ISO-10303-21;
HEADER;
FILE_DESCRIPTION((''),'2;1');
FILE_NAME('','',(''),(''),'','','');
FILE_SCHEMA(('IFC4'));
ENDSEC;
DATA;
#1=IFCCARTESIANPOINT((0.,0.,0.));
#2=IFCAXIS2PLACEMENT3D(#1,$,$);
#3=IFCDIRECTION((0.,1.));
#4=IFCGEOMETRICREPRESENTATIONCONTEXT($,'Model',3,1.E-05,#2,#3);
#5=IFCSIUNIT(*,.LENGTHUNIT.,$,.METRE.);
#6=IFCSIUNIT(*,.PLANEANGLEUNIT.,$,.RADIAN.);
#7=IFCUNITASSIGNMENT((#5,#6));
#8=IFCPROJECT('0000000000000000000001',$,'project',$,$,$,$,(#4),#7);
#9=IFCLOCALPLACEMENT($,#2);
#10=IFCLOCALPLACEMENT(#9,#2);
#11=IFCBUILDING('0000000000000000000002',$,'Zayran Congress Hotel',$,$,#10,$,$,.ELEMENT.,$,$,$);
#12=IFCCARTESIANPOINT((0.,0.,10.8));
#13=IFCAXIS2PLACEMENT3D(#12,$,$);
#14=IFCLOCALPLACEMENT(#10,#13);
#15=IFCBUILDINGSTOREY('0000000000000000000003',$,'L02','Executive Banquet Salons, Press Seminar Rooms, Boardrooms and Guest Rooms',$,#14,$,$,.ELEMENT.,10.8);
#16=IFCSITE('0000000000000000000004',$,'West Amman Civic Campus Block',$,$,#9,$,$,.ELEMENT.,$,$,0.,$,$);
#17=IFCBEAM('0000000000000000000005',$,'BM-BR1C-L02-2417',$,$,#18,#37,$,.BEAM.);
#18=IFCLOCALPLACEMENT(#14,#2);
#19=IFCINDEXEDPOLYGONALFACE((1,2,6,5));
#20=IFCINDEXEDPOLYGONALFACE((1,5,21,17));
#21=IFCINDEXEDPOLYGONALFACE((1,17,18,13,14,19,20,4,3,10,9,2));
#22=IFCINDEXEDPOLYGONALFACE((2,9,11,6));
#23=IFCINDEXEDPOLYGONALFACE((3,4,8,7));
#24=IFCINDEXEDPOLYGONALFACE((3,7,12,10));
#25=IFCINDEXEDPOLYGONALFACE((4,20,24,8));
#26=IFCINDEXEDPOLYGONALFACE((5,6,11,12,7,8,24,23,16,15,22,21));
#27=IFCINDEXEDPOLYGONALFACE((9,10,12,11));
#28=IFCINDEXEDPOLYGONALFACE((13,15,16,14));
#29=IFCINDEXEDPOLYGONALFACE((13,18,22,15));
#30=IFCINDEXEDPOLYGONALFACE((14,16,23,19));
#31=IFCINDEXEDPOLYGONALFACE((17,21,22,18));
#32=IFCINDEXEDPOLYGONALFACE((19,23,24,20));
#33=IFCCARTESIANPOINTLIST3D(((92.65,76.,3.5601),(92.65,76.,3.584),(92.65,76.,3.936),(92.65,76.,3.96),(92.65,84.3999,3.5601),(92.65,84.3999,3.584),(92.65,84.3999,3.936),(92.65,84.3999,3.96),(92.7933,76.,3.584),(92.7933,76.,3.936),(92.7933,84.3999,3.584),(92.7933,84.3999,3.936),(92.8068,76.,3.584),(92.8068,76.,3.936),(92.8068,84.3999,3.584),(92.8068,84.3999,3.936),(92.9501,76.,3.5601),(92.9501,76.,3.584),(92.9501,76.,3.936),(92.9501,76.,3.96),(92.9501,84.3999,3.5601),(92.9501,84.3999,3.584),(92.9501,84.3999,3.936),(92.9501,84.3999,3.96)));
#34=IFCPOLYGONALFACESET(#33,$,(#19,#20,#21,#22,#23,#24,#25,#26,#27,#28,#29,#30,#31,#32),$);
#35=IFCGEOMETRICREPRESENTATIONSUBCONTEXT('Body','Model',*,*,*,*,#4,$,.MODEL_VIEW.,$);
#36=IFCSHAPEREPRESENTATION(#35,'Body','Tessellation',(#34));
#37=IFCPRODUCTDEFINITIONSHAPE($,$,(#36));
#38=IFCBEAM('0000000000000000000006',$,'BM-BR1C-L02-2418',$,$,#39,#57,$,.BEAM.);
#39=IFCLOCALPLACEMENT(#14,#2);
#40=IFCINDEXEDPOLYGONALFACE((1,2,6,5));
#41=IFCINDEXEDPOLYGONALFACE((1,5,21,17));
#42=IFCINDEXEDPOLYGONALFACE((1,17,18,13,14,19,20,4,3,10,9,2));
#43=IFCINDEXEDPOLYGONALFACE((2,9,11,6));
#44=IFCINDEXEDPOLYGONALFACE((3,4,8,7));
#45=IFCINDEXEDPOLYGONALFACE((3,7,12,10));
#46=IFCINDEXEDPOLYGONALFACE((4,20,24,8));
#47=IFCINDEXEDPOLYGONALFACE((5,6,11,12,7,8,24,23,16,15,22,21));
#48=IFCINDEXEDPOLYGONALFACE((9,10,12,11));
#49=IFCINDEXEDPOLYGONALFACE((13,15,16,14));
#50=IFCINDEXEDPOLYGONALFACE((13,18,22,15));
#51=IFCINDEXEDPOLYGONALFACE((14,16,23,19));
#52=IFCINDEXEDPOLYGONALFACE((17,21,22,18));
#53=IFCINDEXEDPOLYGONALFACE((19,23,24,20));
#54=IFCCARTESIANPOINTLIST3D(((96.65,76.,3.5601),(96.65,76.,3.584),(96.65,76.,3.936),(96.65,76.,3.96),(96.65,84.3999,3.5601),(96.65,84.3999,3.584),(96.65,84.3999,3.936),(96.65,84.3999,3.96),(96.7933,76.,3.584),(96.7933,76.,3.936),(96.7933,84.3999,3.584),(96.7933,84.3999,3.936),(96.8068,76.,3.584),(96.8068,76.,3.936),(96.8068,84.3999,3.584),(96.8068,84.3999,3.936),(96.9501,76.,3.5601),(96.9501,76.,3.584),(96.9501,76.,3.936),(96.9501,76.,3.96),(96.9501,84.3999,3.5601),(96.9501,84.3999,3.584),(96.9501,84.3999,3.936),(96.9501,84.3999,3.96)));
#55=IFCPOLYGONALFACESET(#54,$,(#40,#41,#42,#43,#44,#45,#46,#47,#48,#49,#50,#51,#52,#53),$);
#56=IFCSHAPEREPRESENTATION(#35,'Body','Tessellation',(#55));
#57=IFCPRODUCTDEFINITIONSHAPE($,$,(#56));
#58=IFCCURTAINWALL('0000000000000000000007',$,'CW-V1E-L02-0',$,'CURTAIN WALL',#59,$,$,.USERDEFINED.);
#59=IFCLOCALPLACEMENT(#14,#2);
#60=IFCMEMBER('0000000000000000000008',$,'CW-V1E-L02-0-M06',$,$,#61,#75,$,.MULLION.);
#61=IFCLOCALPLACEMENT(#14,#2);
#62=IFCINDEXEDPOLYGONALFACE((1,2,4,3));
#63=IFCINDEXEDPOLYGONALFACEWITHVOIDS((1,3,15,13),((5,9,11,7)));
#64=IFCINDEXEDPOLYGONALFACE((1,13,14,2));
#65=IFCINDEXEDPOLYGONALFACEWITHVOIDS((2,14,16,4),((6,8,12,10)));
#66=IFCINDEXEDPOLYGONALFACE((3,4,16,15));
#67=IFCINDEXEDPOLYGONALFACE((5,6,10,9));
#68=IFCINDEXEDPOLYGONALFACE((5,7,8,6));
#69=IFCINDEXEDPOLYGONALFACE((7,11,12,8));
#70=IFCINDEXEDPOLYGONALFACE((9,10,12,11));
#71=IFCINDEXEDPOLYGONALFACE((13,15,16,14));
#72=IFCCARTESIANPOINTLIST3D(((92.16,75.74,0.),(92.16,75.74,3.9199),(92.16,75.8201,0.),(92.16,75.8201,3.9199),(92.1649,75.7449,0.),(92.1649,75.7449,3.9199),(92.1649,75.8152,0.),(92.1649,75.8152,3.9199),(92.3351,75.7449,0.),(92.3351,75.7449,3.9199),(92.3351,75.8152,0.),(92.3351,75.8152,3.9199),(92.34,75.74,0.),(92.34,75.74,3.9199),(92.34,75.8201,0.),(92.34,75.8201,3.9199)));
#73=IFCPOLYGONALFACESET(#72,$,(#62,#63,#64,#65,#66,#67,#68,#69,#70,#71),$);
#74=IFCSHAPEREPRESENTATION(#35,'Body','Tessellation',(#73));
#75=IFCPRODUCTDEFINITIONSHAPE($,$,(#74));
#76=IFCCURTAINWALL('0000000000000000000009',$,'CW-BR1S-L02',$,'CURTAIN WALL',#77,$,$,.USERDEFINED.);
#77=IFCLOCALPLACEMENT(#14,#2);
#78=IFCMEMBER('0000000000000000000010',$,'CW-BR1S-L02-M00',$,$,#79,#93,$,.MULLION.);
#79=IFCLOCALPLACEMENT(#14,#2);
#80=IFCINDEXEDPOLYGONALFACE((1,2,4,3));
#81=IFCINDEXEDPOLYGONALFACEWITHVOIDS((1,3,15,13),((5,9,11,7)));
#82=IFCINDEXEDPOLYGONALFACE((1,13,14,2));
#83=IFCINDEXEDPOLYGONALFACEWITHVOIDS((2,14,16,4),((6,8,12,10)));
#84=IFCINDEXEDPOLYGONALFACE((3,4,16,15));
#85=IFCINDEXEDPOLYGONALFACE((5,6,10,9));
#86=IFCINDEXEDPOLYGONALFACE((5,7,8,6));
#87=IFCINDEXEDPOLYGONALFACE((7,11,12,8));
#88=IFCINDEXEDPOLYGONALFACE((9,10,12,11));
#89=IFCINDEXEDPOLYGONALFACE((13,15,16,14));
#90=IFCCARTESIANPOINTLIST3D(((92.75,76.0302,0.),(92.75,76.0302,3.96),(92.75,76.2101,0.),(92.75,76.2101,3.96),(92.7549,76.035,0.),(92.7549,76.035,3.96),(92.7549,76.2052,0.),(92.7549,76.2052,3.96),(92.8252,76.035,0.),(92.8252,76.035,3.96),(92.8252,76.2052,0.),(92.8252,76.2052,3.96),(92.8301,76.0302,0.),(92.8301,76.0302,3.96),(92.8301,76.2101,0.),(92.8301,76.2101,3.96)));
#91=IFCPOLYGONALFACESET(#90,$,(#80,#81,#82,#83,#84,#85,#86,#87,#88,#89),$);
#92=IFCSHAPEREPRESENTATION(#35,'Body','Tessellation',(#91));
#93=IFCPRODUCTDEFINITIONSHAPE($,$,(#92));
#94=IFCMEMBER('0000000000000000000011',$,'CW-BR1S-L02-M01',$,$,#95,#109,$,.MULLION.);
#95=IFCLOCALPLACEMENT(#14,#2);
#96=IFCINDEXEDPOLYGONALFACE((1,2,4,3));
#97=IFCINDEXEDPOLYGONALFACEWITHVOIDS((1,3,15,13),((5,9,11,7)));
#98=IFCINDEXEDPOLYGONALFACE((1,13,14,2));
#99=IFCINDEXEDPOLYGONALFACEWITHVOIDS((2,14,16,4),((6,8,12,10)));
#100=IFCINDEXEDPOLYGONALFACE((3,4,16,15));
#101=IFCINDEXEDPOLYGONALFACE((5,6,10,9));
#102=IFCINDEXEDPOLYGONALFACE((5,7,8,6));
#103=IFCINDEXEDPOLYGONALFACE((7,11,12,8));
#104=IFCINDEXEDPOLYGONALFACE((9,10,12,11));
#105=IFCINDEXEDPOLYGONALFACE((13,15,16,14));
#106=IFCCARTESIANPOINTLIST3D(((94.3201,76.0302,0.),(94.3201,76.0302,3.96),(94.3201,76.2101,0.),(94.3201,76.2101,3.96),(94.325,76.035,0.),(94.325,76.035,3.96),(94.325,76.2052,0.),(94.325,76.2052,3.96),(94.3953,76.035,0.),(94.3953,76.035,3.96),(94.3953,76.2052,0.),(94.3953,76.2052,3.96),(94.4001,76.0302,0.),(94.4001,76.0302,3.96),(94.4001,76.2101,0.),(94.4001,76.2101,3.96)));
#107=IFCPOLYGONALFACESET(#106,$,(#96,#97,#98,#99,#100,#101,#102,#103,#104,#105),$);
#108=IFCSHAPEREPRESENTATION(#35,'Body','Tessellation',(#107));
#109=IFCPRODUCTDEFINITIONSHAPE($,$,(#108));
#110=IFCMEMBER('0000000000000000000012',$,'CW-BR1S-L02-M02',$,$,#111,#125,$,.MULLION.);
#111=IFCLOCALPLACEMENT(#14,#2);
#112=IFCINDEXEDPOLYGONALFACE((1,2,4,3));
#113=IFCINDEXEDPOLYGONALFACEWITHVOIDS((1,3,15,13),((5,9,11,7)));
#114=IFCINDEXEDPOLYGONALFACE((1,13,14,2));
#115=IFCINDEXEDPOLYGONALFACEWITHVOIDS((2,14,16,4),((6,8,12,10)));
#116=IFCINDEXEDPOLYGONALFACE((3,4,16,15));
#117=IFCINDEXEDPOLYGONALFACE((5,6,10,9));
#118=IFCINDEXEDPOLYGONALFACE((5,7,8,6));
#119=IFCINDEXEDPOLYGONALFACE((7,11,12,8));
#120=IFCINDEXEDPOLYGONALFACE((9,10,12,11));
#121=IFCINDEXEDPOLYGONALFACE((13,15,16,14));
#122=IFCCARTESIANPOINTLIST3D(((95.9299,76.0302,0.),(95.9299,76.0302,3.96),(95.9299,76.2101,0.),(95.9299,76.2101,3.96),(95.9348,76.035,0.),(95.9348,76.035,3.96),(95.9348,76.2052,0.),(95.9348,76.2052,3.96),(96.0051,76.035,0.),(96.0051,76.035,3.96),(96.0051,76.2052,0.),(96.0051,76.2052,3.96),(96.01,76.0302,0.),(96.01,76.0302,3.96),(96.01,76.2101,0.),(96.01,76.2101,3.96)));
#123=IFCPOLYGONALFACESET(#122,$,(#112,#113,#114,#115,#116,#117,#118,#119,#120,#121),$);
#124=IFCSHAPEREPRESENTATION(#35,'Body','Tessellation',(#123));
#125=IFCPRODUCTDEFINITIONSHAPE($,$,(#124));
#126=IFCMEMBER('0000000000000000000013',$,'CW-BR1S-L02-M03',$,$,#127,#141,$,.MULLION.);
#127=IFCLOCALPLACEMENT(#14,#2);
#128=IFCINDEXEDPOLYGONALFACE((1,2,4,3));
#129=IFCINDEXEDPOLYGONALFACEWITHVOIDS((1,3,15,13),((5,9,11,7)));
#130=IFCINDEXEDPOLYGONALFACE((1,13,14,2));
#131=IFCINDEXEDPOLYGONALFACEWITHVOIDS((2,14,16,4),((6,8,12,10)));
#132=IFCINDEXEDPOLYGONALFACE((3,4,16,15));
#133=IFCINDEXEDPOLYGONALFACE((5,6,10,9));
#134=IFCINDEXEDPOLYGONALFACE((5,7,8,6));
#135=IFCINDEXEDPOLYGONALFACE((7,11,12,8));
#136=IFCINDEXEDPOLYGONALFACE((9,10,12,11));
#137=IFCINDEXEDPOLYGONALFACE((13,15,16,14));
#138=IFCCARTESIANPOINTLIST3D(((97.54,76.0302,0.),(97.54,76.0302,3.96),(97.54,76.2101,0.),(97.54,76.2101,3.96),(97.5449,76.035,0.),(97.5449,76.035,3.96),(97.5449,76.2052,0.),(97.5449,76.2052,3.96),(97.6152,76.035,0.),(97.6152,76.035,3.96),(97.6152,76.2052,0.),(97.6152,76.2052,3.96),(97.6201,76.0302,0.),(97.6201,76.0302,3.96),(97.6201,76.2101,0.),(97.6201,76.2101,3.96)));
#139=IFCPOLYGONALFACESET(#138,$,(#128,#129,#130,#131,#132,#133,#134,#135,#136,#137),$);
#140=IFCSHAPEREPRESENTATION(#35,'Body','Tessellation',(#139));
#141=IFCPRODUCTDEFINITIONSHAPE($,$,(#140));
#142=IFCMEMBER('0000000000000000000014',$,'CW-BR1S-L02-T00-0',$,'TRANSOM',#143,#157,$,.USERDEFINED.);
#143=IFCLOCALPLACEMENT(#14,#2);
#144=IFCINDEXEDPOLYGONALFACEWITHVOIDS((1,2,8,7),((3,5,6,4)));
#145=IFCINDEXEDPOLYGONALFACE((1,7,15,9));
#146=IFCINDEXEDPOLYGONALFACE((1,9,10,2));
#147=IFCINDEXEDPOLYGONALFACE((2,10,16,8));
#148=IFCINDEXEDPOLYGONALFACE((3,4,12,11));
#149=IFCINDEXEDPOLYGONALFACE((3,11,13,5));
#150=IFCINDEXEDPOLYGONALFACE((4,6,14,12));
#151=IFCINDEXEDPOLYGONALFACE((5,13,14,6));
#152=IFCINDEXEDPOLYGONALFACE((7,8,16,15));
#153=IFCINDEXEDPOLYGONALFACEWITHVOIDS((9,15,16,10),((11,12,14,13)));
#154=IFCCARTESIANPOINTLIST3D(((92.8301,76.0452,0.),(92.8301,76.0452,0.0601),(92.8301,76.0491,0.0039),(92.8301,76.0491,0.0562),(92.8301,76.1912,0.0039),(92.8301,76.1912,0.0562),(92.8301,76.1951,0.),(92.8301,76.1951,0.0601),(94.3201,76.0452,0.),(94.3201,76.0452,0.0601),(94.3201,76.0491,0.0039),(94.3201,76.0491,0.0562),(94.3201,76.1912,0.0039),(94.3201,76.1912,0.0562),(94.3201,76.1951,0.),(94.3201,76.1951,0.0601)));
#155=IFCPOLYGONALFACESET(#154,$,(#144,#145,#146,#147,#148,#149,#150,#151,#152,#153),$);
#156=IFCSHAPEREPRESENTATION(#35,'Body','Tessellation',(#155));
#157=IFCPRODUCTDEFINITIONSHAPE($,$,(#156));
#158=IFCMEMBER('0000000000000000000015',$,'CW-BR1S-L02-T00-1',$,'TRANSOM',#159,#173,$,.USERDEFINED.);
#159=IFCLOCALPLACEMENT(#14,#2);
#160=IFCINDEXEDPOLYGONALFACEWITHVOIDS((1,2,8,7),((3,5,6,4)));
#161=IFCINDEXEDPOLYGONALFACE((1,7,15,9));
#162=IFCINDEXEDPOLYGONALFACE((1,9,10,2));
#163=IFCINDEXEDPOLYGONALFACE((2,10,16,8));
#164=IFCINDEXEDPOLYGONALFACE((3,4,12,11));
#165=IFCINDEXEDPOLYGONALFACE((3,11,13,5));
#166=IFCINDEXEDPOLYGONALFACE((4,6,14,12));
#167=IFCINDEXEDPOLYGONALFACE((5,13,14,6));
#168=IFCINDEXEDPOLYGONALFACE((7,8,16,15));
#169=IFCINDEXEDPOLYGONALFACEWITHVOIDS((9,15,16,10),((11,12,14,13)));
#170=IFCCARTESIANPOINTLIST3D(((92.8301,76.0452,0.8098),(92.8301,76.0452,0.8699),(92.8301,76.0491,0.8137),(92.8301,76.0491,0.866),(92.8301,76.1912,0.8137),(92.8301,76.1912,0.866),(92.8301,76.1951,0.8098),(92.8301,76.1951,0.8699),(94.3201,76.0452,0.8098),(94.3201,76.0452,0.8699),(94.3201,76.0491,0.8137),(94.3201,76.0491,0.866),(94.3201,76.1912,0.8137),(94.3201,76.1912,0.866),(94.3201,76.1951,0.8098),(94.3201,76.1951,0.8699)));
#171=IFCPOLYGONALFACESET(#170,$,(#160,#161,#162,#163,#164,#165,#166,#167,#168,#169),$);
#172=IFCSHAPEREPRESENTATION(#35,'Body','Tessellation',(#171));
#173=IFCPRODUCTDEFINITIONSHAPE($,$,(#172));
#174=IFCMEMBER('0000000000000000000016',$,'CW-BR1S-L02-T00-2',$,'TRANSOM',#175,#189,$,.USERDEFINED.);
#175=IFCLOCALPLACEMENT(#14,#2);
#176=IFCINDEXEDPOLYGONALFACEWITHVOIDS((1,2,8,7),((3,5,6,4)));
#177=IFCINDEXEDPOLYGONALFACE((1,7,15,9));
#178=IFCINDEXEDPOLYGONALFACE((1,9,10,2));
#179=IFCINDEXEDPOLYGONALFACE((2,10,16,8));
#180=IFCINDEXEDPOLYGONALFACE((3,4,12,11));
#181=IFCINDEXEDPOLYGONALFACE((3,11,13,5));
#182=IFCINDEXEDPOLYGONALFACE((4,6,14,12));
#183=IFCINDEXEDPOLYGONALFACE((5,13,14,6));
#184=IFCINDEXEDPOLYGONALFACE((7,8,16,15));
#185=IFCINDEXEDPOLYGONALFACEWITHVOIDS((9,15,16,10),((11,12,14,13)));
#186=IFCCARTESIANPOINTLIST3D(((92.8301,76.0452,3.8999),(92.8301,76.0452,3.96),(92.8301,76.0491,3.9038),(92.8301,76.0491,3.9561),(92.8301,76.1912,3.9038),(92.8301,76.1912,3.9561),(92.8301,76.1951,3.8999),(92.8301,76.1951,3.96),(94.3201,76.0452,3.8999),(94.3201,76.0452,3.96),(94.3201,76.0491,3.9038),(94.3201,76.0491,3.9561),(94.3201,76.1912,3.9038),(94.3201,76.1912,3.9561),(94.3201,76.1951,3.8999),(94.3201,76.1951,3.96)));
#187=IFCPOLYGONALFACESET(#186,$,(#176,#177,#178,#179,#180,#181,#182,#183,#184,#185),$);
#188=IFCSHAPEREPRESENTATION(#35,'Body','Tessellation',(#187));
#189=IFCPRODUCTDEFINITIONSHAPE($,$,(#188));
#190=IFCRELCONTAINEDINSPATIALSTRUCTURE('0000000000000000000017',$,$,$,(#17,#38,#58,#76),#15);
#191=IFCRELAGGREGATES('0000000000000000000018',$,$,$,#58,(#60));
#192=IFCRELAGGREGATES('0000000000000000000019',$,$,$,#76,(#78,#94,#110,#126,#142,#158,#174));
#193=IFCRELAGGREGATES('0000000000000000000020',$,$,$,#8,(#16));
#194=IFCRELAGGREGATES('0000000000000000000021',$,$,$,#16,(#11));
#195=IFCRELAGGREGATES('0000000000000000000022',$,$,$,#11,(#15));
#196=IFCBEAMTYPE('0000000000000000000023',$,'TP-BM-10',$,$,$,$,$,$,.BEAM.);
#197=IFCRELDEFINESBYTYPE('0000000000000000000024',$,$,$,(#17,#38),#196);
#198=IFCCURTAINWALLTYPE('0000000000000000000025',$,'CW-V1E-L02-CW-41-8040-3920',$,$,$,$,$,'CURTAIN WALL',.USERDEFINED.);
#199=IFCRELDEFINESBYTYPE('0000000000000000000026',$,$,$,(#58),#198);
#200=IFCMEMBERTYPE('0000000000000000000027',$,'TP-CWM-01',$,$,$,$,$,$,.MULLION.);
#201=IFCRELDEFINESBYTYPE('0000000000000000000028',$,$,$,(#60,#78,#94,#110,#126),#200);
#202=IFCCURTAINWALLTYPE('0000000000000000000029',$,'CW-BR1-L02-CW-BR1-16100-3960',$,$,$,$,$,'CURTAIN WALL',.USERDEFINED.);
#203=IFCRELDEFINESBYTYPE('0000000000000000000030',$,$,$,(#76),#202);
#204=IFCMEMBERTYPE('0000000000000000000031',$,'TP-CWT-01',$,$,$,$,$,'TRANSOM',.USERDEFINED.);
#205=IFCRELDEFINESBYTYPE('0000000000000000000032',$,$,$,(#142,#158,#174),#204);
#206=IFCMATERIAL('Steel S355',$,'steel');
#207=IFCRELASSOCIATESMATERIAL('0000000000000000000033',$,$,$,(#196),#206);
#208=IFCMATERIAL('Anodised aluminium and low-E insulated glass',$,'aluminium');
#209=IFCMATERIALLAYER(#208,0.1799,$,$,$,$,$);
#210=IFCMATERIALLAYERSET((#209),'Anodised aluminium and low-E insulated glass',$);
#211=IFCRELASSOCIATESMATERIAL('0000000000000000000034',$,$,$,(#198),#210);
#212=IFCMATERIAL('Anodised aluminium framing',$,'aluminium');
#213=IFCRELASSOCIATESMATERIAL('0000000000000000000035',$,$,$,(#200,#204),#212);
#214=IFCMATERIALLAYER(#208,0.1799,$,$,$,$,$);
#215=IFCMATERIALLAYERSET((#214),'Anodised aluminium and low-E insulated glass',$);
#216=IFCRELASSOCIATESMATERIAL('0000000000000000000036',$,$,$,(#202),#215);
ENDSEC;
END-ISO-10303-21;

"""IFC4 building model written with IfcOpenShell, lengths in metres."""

from ifc_helpers import new_model, si_unit, direction, frame, origin, origin_2d, place, context, subcontext, project, spatial, hollow_rectangle, i_section, extrude, material, layer, layer_set, material_profile, profile_set, type_object, element, aggregate, save


model = new_model("IFC4")

# Units and contexts
model_context = context("Model", 3, precision=1e-05, world=origin(), true_north=direction((0.0, 1.0)))
body_context = subcontext(model_context, "Body", "Model", "MODEL_VIEW")
ifc_project = project(units=[si_unit("LENGTHUNIT", "METRE"), si_unit("PLANEANGLEUNIT", "RADIAN")], contexts=[model_context])

# Site, building, storey
site_placement = place(None, origin())
site = spatial("IfcSite", under=ifc_project, at=site_placement, Name="West Amman Civic Campus Block", CompositionType="ELEMENT", RefElevation=0.0)
building_placement = place(site_placement, origin())
building = spatial("IfcBuilding", under=site, at=building_placement, Name="Zayran Congress Hotel", CompositionType="ELEMENT")
storey_placement = place(building_placement, frame((0.0, 0.0, 10.8)))
storey = spatial("IfcBuildingStorey", under=building, at=storey_placement, Name="L02", Description="Executive Banquet Salons, Press Seminar Rooms, Boardrooms and Guest Rooms", CompositionType="ELEMENT", Elevation=10.8)

# Beams
ifc_material_1 = material(Name="Steel S355", Category="steel")
ifc_material_profile_1 = material_profile(ifc_material_1, i_section(OverallWidth=0.3, OverallDepth=0.3999, WebThickness=0.0134, FlangeThickness=0.0239, at=origin_2d()), Name="HEB 400")
ifc_profile_set_1 = profile_set([ifc_material_profile_1], Name="Steel S355")
beam_type = type_object("IfcBeamType", Name="TP-BM-10", PredefinedType="BEAM", material=ifc_profile_set_1)
for number, where, z_axis, x_axis, name in (
    (1, (92.8, 76.0, 3.76), (0.0, 1.0, 0.0), (-1.0, 0.0, 0.0), "BM-BR1C-L02-2417"),
    (2, (96.8, 76.0, 3.76), (0.0, 1.0, 0.0), (-1.0, 0.0, 0.0), "BM-BR1C-L02-2418"),
):
    element("IfcBeam", number, at=place(storey_placement, frame(where, z_axis=z_axis, x_axis=x_axis)), inside=storey, type_object=beam_type, Name=name, PredefinedType="BEAM", context=body_context, shape_type="SweptSolid", body=[
        extrude(i_section(OverallWidth=0.3, OverallDepth=0.3999, WebThickness=0.0134, FlangeThickness=0.0239, at=origin_2d()), origin(), (0.0, 0.0, 1.0), 8.3999),
    ])

# Curtain wall, member
ifc_material_2 = material(Name="Anodised aluminium and low-E insulated glass", Category="aluminium")
ifc_layer_1 = layer(ifc_material_2, 0.1799)
ifc_layer_set_1 = layer_set([ifc_layer_1], Name="Anodised aluminium and low-E insulated glass")
curtain_wall_type_1 = type_object("IfcCurtainWallType", Name="CW-V1E-L02-CW-41-8040-3920", ElementType="CURTAIN WALL", PredefinedType="USERDEFINED", material=ifc_layer_set_1)
curtain_wall_1_placement = place(storey_placement, origin())
curtain_wall_1 = element("IfcCurtainWall", 3, at=curtain_wall_1_placement, inside=storey, type_object=curtain_wall_type_1, Name="CW-V1E-L02-0", ObjectType="CURTAIN WALL", PredefinedType="USERDEFINED")
ifc_material_3 = material(Name="Anodised aluminium framing", Category="aluminium")
ifc_material_profile_2 = material_profile(ifc_material_3, hollow_rectangle(XDim=0.0801, YDim=0.1799, WallThickness=0.0049, at=origin_2d()), Name="RHS 180x80x5")
ifc_profile_set_2 = profile_set([ifc_material_profile_2], Name="Anodised aluminium framing")
member_type_1 = type_object("IfcMemberType", Name="TP-CWM-01", PredefinedType="MULLION", material=ifc_profile_set_2)
member_1_placement = place(storey_placement, frame((92.25, 75.78, 0.0), z_axis=(0.0, 0.0, 1.0), x_axis=(0.0, 1.0, 0.0)))
member_1 = element("IfcMember", 4, at=member_1_placement, type_object=member_type_1, Name="CW-V1E-L02-0-M06", PredefinedType="MULLION", context=body_context, shape_type="SweptSolid", body=[
    extrude(hollow_rectangle(XDim=0.0801, YDim=0.1799, WallThickness=0.0049, at=origin_2d()), origin(), (0.0, 0.0, 1.0), 3.9199),
])

# Curtain wall, members
ifc_layer_2 = layer(ifc_material_2, 0.1799)
ifc_layer_set_2 = layer_set([ifc_layer_2], Name="Anodised aluminium and low-E insulated glass")
curtain_wall_type_2 = type_object("IfcCurtainWallType", Name="CW-BR1-L02-CW-BR1-16100-3960", ElementType="CURTAIN WALL", PredefinedType="USERDEFINED", material=ifc_layer_set_2)
curtain_wall_2_placement = place(storey_placement, origin())
curtain_wall_2 = element("IfcCurtainWall", 5, at=curtain_wall_2_placement, inside=storey, type_object=curtain_wall_type_2, Name="CW-BR1S-L02", ObjectType="CURTAIN WALL", PredefinedType="USERDEFINED")
member_2_placement = place(storey_placement, frame((92.79, 76.1201, 0.0), z_axis=(0.0, 0.0, 1.0), x_axis=(1.0, 0.0, 0.0)))
member_2 = element("IfcMember", 6, at=member_2_placement, type_object=member_type_1, Name="CW-BR1S-L02-M00", PredefinedType="MULLION", context=body_context, shape_type="SweptSolid", body=[
    extrude(hollow_rectangle(XDim=0.0801, YDim=0.1799, WallThickness=0.0049, at=origin_2d()), origin(), (0.0, 0.0, 1.0), 3.96),
])
member_3_placement = place(storey_placement, frame((94.3601, 76.1201, 0.0), z_axis=(0.0, 0.0, 1.0), x_axis=(1.0, 0.0, 0.0)))
member_3 = element("IfcMember", 7, at=member_3_placement, type_object=member_type_1, Name="CW-BR1S-L02-M01", PredefinedType="MULLION", context=body_context, shape_type="SweptSolid", body=[
    extrude(hollow_rectangle(XDim=0.0801, YDim=0.1799, WallThickness=0.0049, at=origin_2d()), origin(), (0.0, 0.0, 1.0), 3.96),
])
member_4_placement = place(storey_placement, frame((95.97, 76.1201, 0.0), z_axis=(0.0, 0.0, 1.0), x_axis=(1.0, 0.0, 0.0)))
member_4 = element("IfcMember", 8, at=member_4_placement, type_object=member_type_1, Name="CW-BR1S-L02-M02", PredefinedType="MULLION", context=body_context, shape_type="SweptSolid", body=[
    extrude(hollow_rectangle(XDim=0.0801, YDim=0.1799, WallThickness=0.0049, at=origin_2d()), origin(), (0.0, 0.0, 1.0), 3.96),
])
member_5_placement = place(storey_placement, frame((97.5801, 76.1201, 0.0), z_axis=(0.0, 0.0, 1.0), x_axis=(1.0, 0.0, 0.0)))
member_5 = element("IfcMember", 9, at=member_5_placement, type_object=member_type_1, Name="CW-BR1S-L02-M03", PredefinedType="MULLION", context=body_context, shape_type="SweptSolid", body=[
    extrude(hollow_rectangle(XDim=0.0801, YDim=0.1799, WallThickness=0.0049, at=origin_2d()), origin(), (0.0, 0.0, 1.0), 3.96),
])
ifc_material_profile_3 = material_profile(ifc_material_3, hollow_rectangle(XDim=0.0601, YDim=0.1499, WallThickness=0.0039, at=origin_2d()), Name="RHS 150x60x4")
ifc_profile_set_3 = profile_set([ifc_material_profile_3], Name="Anodised aluminium framing")
member_type_2 = type_object("IfcMemberType", Name="TP-CWT-01", ElementType="TRANSOM", PredefinedType="USERDEFINED", material=ifc_profile_set_3)
member_6_placement = place(storey_placement, frame((92.8301, 76.1201, 0.03), z_axis=(1.0, 0.0, 0.0), x_axis=(0.0, 0.0, 1.0)))
member_6 = element("IfcMember", 10, at=member_6_placement, type_object=member_type_2, Name="CW-BR1S-L02-T00-0", ObjectType="TRANSOM", PredefinedType="USERDEFINED", context=body_context, shape_type="SweptSolid", body=[
    extrude(hollow_rectangle(XDim=0.0601, YDim=0.1499, WallThickness=0.0039, at=origin_2d()), origin(), (0.0, 0.0, 1.0), 1.49),
])
member_7_placement = place(storey_placement, frame((92.8301, 76.1201, 0.8398), z_axis=(1.0, 0.0, 0.0), x_axis=(0.0, 0.0, 1.0)))
member_7 = element("IfcMember", 11, at=member_7_placement, type_object=member_type_2, Name="CW-BR1S-L02-T00-1", ObjectType="TRANSOM", PredefinedType="USERDEFINED", context=body_context, shape_type="SweptSolid", body=[
    extrude(hollow_rectangle(XDim=0.0601, YDim=0.1499, WallThickness=0.0039, at=origin_2d()), origin(), (0.0, 0.0, 1.0), 1.49),
])
member_8_placement = place(storey_placement, frame((92.8301, 76.1201, 3.9299), z_axis=(1.0, 0.0, 0.0), x_axis=(0.0, 0.0, 1.0)))
member_8 = element("IfcMember", 12, at=member_8_placement, type_object=member_type_2, Name="CW-BR1S-L02-T00-2", ObjectType="TRANSOM", PredefinedType="USERDEFINED", context=body_context, shape_type="SweptSolid", body=[
    extrude(hollow_rectangle(XDim=0.0601, YDim=0.1499, WallThickness=0.0039, at=origin_2d()), origin(), (0.0, 0.0, 1.0), 1.49),
])

aggregate(curtain_wall_1, [member_1])
aggregate(curtain_wall_2, [member_2, member_3, member_4, member_5, member_6, member_7, member_8])

save(model, "model.ifc")
